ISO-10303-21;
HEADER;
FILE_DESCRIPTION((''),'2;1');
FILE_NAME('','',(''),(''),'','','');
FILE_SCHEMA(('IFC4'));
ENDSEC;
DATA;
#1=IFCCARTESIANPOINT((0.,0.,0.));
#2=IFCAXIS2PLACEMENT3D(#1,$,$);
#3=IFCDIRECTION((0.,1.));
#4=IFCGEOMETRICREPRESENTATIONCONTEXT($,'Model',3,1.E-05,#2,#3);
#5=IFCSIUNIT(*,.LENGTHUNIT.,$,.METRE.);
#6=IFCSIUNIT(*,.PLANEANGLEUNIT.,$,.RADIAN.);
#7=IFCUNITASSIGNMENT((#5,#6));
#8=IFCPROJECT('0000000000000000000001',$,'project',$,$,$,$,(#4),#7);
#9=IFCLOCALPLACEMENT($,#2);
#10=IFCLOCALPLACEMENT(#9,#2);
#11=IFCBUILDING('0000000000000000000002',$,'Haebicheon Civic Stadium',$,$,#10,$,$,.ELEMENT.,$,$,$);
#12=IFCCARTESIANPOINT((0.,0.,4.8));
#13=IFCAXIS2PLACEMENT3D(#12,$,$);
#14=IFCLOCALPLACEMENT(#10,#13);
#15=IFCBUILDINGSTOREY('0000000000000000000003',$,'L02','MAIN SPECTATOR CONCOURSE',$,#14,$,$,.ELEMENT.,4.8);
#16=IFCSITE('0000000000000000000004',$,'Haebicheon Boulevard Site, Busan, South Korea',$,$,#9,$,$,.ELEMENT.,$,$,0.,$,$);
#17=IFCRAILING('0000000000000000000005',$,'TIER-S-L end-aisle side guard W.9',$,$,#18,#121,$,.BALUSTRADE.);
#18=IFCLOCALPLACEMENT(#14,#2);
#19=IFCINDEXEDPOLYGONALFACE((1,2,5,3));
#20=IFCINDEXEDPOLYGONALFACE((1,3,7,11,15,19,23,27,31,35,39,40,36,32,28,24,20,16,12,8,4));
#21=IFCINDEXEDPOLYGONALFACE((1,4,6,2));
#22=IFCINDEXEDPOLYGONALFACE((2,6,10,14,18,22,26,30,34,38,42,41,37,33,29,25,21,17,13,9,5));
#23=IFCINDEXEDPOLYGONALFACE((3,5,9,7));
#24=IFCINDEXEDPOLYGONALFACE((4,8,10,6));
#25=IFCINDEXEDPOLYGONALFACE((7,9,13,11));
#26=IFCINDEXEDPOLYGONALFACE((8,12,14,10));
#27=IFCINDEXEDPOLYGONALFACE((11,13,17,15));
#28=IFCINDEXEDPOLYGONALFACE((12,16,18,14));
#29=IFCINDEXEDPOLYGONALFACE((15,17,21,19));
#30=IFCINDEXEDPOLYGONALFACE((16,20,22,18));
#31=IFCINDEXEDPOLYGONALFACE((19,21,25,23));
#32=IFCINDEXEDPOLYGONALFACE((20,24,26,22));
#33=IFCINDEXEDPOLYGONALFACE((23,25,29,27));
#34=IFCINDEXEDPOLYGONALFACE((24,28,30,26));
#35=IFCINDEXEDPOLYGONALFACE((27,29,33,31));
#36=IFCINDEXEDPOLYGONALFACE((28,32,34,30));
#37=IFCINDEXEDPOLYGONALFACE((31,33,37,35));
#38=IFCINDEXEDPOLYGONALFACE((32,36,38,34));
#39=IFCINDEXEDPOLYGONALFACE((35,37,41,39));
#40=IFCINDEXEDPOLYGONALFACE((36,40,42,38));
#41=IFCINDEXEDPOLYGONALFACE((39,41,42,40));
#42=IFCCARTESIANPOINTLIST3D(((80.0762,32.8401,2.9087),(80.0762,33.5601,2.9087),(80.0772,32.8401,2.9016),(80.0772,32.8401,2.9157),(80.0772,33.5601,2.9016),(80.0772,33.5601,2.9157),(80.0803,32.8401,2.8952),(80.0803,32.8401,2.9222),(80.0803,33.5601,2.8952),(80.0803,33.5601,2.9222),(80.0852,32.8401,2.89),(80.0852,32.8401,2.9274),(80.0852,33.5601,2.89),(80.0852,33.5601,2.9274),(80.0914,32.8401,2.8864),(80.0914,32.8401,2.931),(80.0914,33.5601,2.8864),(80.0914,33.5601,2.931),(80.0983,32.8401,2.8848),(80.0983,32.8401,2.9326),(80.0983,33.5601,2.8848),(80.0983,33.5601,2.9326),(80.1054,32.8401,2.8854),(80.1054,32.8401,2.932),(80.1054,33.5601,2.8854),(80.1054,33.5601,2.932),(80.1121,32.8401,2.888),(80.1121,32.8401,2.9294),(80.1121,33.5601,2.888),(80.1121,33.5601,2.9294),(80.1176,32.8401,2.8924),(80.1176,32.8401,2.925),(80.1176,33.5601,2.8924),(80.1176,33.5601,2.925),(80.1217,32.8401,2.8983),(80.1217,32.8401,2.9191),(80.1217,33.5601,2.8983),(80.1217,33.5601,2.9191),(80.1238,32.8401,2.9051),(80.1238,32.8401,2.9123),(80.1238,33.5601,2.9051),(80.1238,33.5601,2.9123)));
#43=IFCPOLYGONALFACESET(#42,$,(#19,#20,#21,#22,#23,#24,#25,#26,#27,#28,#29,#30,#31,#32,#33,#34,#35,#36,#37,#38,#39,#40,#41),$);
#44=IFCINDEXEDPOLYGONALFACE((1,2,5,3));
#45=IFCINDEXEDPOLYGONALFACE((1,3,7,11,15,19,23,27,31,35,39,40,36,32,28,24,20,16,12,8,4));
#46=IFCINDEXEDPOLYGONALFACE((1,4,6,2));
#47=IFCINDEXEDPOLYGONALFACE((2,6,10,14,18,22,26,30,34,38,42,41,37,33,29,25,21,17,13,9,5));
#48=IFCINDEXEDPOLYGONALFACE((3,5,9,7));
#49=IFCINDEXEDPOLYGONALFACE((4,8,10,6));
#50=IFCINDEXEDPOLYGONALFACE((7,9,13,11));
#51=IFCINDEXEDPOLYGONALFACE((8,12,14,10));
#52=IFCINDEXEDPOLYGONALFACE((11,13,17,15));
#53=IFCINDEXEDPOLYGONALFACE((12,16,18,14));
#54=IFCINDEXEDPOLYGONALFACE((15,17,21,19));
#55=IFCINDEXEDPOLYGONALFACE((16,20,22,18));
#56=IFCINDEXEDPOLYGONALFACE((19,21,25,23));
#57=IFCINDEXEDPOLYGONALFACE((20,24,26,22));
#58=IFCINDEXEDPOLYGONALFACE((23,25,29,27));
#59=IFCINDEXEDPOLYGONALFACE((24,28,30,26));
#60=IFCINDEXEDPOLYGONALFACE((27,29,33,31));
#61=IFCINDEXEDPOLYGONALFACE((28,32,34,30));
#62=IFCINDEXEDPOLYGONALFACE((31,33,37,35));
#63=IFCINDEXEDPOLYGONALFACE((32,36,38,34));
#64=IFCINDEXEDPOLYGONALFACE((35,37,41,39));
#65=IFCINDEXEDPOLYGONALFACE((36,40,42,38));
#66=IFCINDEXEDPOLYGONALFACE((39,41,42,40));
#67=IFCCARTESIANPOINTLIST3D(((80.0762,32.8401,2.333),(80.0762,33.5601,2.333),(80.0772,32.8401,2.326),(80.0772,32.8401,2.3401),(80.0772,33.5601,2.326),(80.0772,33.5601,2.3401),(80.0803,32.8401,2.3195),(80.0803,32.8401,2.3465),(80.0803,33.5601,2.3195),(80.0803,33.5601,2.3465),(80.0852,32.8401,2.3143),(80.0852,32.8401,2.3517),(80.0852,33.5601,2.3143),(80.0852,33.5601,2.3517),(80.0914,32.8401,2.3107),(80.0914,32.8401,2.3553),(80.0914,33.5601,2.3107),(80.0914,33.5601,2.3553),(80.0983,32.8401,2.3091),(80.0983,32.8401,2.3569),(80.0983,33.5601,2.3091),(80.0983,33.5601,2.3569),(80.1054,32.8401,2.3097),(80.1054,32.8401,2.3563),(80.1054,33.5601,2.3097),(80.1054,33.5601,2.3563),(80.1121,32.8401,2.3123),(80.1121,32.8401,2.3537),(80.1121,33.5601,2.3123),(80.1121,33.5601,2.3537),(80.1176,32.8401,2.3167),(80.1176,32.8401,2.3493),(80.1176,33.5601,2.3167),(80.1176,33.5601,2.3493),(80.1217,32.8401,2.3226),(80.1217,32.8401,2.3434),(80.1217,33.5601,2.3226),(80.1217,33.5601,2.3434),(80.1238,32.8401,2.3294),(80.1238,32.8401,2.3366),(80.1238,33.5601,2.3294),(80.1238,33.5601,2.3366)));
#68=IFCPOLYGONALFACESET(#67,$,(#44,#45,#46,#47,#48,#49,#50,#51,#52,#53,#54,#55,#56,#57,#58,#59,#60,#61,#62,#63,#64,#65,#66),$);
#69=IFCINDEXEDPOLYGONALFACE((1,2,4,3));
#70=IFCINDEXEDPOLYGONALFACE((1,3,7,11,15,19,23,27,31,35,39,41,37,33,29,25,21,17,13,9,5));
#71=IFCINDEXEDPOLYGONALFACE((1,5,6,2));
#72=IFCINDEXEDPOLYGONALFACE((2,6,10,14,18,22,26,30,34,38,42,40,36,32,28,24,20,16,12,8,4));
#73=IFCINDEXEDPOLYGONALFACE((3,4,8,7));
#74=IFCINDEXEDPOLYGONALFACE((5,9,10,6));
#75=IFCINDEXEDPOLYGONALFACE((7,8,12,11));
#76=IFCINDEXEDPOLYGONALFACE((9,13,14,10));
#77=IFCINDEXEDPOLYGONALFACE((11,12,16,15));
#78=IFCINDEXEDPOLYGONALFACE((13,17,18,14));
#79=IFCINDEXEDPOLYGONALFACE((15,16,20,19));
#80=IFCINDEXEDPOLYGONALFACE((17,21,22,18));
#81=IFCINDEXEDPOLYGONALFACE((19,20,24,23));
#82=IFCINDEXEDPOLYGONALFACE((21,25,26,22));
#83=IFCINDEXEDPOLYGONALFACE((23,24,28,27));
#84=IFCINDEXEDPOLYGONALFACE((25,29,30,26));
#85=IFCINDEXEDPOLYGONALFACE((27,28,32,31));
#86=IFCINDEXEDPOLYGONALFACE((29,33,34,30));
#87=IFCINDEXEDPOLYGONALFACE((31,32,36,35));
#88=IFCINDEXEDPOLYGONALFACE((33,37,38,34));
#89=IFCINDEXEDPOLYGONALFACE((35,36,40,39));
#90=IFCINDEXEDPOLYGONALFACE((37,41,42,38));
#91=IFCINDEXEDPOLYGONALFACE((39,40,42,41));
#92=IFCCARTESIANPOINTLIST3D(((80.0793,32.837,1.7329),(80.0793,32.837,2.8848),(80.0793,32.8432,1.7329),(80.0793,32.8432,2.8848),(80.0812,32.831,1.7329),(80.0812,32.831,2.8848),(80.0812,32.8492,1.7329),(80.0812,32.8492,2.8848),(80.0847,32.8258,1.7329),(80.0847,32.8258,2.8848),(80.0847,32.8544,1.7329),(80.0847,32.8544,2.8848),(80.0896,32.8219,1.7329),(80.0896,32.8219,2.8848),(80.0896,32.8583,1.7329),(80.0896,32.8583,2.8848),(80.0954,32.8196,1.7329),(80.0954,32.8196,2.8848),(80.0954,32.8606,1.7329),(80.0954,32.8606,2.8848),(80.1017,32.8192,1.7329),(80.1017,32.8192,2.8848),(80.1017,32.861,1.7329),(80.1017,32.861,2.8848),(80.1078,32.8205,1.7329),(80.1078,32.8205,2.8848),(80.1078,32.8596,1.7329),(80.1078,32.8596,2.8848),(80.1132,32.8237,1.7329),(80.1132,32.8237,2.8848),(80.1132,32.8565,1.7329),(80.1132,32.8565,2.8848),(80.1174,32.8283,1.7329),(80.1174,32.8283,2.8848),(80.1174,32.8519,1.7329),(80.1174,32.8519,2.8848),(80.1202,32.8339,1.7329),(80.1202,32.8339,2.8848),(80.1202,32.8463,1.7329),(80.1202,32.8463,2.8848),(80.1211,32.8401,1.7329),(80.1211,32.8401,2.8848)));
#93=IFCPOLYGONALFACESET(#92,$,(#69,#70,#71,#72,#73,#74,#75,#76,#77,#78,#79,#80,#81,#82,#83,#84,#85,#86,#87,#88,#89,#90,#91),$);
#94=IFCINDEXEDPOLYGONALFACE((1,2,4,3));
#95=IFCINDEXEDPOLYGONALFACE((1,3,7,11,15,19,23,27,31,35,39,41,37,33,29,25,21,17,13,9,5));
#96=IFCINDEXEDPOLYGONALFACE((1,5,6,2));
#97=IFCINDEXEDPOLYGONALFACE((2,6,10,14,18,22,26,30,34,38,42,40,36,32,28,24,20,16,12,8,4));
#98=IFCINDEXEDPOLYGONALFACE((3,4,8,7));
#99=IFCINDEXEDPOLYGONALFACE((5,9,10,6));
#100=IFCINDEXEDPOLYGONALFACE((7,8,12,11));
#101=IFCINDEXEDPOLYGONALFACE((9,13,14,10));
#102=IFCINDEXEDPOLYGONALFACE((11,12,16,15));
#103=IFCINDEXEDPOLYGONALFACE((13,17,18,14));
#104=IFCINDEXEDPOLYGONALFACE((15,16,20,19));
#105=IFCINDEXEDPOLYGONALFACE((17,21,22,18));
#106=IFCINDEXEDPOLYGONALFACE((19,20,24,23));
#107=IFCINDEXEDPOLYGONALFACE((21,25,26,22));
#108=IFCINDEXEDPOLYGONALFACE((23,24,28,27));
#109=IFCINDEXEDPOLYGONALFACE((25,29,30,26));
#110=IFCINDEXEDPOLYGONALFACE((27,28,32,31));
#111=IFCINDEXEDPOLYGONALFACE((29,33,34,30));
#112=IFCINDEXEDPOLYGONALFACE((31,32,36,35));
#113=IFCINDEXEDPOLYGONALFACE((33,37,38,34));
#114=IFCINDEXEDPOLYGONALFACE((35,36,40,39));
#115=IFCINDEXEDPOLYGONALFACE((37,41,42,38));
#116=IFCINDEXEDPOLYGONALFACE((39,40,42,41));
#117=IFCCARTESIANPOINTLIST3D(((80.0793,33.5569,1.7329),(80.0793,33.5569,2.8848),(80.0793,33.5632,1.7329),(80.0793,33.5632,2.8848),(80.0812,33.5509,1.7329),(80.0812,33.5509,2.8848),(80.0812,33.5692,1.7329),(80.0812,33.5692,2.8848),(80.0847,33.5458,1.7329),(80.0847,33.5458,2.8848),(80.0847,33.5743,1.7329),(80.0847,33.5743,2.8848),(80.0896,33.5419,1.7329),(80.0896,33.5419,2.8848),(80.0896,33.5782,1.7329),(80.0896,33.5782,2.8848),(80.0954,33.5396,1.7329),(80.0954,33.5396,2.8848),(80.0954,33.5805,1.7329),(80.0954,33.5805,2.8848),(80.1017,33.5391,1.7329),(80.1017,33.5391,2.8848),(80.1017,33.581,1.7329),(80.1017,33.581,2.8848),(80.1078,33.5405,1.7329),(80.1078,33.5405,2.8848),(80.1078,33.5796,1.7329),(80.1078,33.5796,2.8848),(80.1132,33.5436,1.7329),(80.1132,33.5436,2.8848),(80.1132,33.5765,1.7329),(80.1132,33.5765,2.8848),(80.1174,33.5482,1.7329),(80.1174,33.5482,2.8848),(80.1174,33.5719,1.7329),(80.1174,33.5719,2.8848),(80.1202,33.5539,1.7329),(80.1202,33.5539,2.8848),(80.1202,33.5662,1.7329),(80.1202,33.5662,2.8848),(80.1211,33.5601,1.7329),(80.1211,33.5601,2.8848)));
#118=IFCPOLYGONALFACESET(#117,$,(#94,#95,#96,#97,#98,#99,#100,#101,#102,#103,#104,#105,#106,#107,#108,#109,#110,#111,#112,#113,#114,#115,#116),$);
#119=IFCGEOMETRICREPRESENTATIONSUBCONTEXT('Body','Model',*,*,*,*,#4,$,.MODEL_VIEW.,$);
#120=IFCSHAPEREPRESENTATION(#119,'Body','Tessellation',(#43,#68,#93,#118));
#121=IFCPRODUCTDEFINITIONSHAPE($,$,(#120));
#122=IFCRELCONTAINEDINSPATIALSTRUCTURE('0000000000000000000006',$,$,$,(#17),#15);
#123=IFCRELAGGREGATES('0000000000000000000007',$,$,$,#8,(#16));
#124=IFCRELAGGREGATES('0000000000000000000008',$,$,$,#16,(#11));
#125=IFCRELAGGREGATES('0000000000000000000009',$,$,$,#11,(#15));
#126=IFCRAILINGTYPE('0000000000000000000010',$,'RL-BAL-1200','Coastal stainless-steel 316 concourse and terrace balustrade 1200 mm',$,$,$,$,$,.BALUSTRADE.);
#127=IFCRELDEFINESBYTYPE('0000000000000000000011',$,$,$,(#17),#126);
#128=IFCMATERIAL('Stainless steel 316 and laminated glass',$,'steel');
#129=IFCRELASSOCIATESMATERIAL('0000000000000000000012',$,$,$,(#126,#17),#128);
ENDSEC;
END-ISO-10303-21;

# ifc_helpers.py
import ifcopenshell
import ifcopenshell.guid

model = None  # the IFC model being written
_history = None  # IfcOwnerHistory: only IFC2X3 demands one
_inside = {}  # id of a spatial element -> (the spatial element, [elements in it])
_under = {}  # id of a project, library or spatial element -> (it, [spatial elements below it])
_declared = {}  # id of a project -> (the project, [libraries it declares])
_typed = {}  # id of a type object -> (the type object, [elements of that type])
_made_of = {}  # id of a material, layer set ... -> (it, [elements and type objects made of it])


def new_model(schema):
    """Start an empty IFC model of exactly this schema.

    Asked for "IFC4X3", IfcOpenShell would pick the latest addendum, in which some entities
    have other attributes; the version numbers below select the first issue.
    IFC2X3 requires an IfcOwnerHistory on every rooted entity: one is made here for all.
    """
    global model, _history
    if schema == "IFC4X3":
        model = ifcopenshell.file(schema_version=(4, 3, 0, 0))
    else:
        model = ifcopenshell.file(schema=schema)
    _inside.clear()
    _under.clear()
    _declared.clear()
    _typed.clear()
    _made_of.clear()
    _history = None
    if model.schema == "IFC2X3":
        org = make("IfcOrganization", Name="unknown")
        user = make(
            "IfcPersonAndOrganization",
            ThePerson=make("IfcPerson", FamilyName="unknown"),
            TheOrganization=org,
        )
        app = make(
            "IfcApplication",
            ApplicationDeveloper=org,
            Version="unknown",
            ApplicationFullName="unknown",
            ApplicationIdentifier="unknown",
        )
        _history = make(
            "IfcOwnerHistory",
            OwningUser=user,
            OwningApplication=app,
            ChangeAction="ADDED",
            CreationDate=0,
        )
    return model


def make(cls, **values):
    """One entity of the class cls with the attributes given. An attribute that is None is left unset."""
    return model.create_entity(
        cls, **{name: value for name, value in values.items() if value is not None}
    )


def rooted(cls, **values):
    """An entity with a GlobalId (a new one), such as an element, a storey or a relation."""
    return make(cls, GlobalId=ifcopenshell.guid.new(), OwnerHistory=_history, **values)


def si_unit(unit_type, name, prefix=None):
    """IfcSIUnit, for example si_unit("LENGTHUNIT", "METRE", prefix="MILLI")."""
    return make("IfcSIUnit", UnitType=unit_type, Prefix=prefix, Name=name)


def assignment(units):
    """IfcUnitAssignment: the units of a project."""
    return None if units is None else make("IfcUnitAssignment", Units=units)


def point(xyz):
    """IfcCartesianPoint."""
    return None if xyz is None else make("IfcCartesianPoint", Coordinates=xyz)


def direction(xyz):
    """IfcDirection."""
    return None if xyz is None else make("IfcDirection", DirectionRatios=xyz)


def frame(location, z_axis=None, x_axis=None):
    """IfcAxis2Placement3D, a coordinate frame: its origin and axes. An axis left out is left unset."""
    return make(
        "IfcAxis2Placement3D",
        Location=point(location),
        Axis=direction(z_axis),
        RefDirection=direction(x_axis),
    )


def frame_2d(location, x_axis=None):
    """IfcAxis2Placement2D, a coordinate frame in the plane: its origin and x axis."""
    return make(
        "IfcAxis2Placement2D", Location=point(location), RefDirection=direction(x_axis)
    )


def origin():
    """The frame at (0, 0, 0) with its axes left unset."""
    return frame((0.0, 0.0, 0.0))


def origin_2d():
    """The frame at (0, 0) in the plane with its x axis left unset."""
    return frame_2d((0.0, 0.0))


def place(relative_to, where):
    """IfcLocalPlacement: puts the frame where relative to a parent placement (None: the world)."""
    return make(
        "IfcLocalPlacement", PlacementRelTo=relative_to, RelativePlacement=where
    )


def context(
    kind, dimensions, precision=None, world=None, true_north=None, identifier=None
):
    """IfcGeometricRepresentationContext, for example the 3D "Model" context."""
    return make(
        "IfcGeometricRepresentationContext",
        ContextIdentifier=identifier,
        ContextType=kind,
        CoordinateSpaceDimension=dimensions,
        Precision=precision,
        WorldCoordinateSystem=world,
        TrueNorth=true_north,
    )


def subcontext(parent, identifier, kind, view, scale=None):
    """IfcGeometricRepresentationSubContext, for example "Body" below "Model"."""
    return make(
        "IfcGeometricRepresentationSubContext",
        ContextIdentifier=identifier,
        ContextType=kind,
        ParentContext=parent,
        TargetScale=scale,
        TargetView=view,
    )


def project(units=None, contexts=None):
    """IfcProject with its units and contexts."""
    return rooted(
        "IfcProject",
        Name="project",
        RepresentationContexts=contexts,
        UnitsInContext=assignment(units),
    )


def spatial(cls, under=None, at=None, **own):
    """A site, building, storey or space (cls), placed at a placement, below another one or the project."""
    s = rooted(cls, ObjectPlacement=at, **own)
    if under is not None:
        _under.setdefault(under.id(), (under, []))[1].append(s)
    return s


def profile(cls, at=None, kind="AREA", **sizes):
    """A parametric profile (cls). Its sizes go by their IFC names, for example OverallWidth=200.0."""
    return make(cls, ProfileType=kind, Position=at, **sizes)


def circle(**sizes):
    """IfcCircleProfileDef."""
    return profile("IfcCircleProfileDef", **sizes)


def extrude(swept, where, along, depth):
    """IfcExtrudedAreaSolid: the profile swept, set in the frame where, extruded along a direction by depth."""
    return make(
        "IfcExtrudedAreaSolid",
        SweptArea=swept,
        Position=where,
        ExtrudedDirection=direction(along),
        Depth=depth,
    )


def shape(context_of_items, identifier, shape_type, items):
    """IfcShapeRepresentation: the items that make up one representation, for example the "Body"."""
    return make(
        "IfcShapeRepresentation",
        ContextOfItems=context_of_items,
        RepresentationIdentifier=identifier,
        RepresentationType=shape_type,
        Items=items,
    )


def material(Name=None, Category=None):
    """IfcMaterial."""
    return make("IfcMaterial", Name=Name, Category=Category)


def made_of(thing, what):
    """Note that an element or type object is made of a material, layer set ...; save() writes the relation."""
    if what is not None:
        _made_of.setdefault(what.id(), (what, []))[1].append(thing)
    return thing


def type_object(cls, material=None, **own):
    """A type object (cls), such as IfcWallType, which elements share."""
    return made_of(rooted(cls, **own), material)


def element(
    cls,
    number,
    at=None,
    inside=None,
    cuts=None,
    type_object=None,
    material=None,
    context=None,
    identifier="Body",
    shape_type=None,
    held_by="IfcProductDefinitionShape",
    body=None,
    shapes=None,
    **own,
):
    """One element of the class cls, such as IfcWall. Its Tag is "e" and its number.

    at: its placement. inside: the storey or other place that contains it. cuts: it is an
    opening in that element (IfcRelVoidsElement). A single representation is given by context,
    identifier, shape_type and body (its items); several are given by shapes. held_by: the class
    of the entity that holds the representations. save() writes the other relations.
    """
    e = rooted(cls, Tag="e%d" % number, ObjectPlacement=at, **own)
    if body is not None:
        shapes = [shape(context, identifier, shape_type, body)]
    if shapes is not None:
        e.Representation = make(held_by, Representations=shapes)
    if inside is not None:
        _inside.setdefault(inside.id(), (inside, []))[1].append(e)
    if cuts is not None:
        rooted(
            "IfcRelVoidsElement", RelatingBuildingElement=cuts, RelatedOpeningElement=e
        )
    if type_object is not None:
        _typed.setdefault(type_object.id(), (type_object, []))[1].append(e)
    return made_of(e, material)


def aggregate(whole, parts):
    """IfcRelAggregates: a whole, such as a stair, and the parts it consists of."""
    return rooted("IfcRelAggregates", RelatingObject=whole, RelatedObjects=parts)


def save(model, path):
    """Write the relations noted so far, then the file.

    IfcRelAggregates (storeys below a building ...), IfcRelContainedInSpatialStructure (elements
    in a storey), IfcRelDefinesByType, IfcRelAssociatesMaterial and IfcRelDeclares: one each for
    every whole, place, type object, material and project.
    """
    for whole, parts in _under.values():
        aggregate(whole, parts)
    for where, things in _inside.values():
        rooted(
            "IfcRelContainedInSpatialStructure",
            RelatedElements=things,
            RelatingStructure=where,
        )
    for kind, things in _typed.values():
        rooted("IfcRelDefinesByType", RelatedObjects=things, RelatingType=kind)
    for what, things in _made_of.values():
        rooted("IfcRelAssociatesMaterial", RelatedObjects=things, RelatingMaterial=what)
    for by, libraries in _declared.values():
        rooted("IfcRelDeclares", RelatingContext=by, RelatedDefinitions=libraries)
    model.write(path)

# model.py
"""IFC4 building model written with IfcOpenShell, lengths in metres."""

from ifc_helpers import new_model, si_unit, direction, frame, origin, origin_2d, place, context, subcontext, project, spatial, circle, extrude, material, type_object, element, save


model = new_model("IFC4")

# Units and contexts
model_context = context("Model", 3, precision=1e-05, world=origin(), true_north=direction((0.0, 1.0)))
body_context = subcontext(model_context, "Body", "Model", "MODEL_VIEW")
ifc_project = project(units=[si_unit("LENGTHUNIT", "METRE"), si_unit("PLANEANGLEUNIT", "RADIAN")], contexts=[model_context])

# Site, building, storey
site_placement = place(None, origin())
site = spatial("IfcSite", under=ifc_project, at=site_placement, Name="Haebicheon Boulevard Site, Busan, South Korea", CompositionType="ELEMENT", RefElevation=0.0)
building_placement = place(site_placement, origin())
building = spatial("IfcBuilding", under=site, at=building_placement, Name="Haebicheon Civic Stadium", CompositionType="ELEMENT")
storey_placement = place(building_placement, frame((0.0, 0.0, 4.8)))
storey = spatial("IfcBuildingStorey", under=building, at=storey_placement, Name="L02", Description="MAIN SPECTATOR CONCOURSE", CompositionType="ELEMENT", Elevation=4.8)

# Railing
ifc_material_1 = material(Name="Stainless steel 316 and laminated glass", Category="steel")
railing_type = type_object("IfcRailingType", Name="RL-BAL-1200", Description="Coastal stainless-steel 316 concourse and terrace balustrade 1200 mm", PredefinedType="BALUSTRADE", material=ifc_material_1)
for number, where, name in (
    (1, (80.1001, 32.8401, 1.7329), "TIER-S-L end-aisle side guard W.9"),
):
    element("IfcRailing", number, at=place(storey_placement, frame(where)), inside=storey, type_object=railing_type, material=ifc_material_1, Name=name, PredefinedType="BALUSTRADE", context=body_context, shape_type="SweptSolid", body=[
        extrude(circle(Radius=0.0239, at=origin_2d()), frame((0.0, 0.0, 1.1758), z_axis=(0.0, 1.0, 0.0), x_axis=(-1.0, 0.0, 0.0)), (0.0, 0.0, 1.0), 0.72),
        extrude(circle(Radius=0.0239, at=origin_2d()), frame((0.0, 0.0, 0.6001), z_axis=(0.0, 1.0, 0.0), x_axis=(-1.0, 0.0, 0.0)), (0.0, 0.0, 1.0), 0.72),
        extrude(circle(Radius=0.021, at=origin_2d()), origin(), (0.0, 0.0, 1.0), 1.1519),
        extrude(circle(Radius=0.021, at=origin_2d()), frame((0.0, 0.72, 0.0)), (0.0, 0.0, 1.0), 1.1519),
    ])

save(model, "model.ifc")
